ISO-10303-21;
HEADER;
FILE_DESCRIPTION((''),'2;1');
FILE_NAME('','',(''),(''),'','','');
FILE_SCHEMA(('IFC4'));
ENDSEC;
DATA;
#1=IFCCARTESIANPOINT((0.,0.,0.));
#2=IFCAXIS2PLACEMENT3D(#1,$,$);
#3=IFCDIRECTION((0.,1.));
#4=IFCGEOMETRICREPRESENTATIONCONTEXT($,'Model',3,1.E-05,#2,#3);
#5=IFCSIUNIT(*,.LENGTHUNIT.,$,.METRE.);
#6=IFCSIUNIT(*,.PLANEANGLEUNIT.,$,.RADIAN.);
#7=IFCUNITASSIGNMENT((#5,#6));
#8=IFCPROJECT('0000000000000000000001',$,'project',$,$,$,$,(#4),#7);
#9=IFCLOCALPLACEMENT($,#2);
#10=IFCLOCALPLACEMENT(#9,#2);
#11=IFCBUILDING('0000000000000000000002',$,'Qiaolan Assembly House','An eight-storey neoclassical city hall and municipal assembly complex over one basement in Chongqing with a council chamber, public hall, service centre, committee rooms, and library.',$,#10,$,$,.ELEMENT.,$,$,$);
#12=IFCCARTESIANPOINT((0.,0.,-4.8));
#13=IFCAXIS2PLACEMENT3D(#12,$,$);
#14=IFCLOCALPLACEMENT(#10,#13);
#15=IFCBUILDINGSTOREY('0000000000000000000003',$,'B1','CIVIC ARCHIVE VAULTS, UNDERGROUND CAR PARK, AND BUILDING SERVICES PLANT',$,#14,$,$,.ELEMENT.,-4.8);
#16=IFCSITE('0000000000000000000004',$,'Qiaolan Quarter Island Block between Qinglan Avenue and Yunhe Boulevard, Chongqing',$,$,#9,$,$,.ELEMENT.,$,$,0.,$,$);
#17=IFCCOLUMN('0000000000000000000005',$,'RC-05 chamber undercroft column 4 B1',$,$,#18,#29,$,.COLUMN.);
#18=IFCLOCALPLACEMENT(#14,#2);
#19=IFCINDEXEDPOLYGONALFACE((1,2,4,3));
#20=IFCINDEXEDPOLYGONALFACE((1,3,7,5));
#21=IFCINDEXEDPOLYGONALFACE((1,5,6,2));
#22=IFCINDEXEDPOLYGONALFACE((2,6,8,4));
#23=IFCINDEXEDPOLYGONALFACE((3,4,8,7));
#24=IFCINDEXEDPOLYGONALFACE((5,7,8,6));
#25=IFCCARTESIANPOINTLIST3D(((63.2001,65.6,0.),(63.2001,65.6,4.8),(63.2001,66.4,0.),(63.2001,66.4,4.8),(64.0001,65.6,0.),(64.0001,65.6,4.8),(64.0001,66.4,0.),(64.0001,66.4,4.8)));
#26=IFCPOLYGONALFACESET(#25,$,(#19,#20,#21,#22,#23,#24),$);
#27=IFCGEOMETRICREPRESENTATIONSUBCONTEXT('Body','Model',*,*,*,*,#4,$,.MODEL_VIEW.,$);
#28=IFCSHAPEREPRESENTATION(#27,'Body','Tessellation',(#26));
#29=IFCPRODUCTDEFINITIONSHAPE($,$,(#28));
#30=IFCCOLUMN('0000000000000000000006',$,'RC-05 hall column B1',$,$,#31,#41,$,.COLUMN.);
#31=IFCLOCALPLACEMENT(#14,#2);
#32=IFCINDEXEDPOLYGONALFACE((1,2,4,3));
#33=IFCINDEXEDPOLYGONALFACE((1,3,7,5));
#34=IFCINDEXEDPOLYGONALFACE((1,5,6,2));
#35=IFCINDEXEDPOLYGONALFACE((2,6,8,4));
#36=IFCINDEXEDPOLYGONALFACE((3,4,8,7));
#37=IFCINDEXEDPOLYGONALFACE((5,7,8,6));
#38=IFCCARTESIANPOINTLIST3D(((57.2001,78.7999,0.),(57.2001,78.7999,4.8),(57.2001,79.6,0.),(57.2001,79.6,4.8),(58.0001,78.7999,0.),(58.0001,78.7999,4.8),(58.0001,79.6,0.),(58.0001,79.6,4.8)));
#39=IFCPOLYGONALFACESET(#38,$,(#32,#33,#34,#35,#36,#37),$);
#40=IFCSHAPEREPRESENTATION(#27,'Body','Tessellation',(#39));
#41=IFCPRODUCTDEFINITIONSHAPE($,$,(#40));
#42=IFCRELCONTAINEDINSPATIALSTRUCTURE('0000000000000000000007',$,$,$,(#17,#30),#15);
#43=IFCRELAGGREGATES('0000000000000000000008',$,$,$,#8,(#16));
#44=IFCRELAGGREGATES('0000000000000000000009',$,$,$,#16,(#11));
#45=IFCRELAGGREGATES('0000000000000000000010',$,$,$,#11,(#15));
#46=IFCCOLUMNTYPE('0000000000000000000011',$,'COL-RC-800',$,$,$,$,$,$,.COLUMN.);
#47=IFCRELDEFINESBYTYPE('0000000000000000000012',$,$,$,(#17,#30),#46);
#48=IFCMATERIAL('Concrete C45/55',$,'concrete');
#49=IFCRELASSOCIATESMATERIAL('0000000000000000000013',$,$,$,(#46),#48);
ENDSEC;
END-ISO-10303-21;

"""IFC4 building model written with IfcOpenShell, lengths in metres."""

from ifc_helpers import new_model, si_unit, direction, frame, origin, origin_2d, place, context, subcontext, project, spatial, rectangle, extrude, material, material_profile, profile_set, type_object, element, save


model = new_model("IFC4")

# Units and contexts
model_context = context("Model", 3, precision=1e-05, world=origin(), true_north=direction((0.0, 1.0)))
body_context = subcontext(model_context, "Body", "Model", "MODEL_VIEW")
ifc_project = project(units=[si_unit("LENGTHUNIT", "METRE"), si_unit("PLANEANGLEUNIT", "RADIAN")], contexts=[model_context])

# Site, building, storey
site_placement = place(None, origin())
site = spatial("IfcSite", under=ifc_project, at=site_placement, Name="Qiaolan Quarter Island Block between Qinglan Avenue and Yunhe Boulevard, Chongqing", CompositionType="ELEMENT", RefElevation=0.0)
building_placement = place(site_placement, origin())
building = spatial("IfcBuilding", under=site, at=building_placement, Name="Qiaolan Assembly House", Description="An eight-storey neoclassical city hall and municipal assembly complex over one basement in Chongqing with a council chamber, public hall, service centre, committee rooms, and library.", CompositionType="ELEMENT")
storey_placement = place(building_placement, frame((0.0, 0.0, -4.8)))
storey = spatial("IfcBuildingStorey", under=building, at=storey_placement, Name="B1", Description="CIVIC ARCHIVE VAULTS, UNDERGROUND CAR PARK, AND BUILDING SERVICES PLANT", CompositionType="ELEMENT", Elevation=-4.8)

# Shared definitions
ifc_material_1 = material(Name="Concrete C45/55", Category="concrete")

# Columns
ifc_material_profile_1 = material_profile(ifc_material_1, rectangle(XDim=0.8, YDim=0.8, at=origin_2d()), Name="RC 800x800")
ifc_profile_set_1 = profile_set([ifc_material_profile_1], Name="Concrete C45/55")
column_type_1 = type_object("IfcColumnType", Name="COL-RC-800", PredefinedType="COLUMN", material=ifc_profile_set_1)
for number, where, z_axis, x_axis, name in (
    (1, (63.6001, 66.0, 0.0), (0.0, 0.0, 1.0), (1.0, 0.0, 0.0), "RC-05 chamber undercroft column 4 B1"),
    (2, (57.6001, 79.2, 0.0), (0.0, 0.0, 1.0), (1.0, 0.0, 0.0), "RC-05 hall column B1"),
):
    element("IfcColumn", number, at=place(storey_placement, frame(where, z_axis=z_axis, x_axis=x_axis)), inside=storey, type_object=column_type_1, Name=name, PredefinedType="COLUMN", context=body_context, shape_type="SweptSolid", body=[
        extrude(rectangle(XDim=0.8, YDim=0.8, at=origin_2d()), origin(), (0.0, 0.0, 1.0), 4.8),
    ])

save(model, "model.ifc")
